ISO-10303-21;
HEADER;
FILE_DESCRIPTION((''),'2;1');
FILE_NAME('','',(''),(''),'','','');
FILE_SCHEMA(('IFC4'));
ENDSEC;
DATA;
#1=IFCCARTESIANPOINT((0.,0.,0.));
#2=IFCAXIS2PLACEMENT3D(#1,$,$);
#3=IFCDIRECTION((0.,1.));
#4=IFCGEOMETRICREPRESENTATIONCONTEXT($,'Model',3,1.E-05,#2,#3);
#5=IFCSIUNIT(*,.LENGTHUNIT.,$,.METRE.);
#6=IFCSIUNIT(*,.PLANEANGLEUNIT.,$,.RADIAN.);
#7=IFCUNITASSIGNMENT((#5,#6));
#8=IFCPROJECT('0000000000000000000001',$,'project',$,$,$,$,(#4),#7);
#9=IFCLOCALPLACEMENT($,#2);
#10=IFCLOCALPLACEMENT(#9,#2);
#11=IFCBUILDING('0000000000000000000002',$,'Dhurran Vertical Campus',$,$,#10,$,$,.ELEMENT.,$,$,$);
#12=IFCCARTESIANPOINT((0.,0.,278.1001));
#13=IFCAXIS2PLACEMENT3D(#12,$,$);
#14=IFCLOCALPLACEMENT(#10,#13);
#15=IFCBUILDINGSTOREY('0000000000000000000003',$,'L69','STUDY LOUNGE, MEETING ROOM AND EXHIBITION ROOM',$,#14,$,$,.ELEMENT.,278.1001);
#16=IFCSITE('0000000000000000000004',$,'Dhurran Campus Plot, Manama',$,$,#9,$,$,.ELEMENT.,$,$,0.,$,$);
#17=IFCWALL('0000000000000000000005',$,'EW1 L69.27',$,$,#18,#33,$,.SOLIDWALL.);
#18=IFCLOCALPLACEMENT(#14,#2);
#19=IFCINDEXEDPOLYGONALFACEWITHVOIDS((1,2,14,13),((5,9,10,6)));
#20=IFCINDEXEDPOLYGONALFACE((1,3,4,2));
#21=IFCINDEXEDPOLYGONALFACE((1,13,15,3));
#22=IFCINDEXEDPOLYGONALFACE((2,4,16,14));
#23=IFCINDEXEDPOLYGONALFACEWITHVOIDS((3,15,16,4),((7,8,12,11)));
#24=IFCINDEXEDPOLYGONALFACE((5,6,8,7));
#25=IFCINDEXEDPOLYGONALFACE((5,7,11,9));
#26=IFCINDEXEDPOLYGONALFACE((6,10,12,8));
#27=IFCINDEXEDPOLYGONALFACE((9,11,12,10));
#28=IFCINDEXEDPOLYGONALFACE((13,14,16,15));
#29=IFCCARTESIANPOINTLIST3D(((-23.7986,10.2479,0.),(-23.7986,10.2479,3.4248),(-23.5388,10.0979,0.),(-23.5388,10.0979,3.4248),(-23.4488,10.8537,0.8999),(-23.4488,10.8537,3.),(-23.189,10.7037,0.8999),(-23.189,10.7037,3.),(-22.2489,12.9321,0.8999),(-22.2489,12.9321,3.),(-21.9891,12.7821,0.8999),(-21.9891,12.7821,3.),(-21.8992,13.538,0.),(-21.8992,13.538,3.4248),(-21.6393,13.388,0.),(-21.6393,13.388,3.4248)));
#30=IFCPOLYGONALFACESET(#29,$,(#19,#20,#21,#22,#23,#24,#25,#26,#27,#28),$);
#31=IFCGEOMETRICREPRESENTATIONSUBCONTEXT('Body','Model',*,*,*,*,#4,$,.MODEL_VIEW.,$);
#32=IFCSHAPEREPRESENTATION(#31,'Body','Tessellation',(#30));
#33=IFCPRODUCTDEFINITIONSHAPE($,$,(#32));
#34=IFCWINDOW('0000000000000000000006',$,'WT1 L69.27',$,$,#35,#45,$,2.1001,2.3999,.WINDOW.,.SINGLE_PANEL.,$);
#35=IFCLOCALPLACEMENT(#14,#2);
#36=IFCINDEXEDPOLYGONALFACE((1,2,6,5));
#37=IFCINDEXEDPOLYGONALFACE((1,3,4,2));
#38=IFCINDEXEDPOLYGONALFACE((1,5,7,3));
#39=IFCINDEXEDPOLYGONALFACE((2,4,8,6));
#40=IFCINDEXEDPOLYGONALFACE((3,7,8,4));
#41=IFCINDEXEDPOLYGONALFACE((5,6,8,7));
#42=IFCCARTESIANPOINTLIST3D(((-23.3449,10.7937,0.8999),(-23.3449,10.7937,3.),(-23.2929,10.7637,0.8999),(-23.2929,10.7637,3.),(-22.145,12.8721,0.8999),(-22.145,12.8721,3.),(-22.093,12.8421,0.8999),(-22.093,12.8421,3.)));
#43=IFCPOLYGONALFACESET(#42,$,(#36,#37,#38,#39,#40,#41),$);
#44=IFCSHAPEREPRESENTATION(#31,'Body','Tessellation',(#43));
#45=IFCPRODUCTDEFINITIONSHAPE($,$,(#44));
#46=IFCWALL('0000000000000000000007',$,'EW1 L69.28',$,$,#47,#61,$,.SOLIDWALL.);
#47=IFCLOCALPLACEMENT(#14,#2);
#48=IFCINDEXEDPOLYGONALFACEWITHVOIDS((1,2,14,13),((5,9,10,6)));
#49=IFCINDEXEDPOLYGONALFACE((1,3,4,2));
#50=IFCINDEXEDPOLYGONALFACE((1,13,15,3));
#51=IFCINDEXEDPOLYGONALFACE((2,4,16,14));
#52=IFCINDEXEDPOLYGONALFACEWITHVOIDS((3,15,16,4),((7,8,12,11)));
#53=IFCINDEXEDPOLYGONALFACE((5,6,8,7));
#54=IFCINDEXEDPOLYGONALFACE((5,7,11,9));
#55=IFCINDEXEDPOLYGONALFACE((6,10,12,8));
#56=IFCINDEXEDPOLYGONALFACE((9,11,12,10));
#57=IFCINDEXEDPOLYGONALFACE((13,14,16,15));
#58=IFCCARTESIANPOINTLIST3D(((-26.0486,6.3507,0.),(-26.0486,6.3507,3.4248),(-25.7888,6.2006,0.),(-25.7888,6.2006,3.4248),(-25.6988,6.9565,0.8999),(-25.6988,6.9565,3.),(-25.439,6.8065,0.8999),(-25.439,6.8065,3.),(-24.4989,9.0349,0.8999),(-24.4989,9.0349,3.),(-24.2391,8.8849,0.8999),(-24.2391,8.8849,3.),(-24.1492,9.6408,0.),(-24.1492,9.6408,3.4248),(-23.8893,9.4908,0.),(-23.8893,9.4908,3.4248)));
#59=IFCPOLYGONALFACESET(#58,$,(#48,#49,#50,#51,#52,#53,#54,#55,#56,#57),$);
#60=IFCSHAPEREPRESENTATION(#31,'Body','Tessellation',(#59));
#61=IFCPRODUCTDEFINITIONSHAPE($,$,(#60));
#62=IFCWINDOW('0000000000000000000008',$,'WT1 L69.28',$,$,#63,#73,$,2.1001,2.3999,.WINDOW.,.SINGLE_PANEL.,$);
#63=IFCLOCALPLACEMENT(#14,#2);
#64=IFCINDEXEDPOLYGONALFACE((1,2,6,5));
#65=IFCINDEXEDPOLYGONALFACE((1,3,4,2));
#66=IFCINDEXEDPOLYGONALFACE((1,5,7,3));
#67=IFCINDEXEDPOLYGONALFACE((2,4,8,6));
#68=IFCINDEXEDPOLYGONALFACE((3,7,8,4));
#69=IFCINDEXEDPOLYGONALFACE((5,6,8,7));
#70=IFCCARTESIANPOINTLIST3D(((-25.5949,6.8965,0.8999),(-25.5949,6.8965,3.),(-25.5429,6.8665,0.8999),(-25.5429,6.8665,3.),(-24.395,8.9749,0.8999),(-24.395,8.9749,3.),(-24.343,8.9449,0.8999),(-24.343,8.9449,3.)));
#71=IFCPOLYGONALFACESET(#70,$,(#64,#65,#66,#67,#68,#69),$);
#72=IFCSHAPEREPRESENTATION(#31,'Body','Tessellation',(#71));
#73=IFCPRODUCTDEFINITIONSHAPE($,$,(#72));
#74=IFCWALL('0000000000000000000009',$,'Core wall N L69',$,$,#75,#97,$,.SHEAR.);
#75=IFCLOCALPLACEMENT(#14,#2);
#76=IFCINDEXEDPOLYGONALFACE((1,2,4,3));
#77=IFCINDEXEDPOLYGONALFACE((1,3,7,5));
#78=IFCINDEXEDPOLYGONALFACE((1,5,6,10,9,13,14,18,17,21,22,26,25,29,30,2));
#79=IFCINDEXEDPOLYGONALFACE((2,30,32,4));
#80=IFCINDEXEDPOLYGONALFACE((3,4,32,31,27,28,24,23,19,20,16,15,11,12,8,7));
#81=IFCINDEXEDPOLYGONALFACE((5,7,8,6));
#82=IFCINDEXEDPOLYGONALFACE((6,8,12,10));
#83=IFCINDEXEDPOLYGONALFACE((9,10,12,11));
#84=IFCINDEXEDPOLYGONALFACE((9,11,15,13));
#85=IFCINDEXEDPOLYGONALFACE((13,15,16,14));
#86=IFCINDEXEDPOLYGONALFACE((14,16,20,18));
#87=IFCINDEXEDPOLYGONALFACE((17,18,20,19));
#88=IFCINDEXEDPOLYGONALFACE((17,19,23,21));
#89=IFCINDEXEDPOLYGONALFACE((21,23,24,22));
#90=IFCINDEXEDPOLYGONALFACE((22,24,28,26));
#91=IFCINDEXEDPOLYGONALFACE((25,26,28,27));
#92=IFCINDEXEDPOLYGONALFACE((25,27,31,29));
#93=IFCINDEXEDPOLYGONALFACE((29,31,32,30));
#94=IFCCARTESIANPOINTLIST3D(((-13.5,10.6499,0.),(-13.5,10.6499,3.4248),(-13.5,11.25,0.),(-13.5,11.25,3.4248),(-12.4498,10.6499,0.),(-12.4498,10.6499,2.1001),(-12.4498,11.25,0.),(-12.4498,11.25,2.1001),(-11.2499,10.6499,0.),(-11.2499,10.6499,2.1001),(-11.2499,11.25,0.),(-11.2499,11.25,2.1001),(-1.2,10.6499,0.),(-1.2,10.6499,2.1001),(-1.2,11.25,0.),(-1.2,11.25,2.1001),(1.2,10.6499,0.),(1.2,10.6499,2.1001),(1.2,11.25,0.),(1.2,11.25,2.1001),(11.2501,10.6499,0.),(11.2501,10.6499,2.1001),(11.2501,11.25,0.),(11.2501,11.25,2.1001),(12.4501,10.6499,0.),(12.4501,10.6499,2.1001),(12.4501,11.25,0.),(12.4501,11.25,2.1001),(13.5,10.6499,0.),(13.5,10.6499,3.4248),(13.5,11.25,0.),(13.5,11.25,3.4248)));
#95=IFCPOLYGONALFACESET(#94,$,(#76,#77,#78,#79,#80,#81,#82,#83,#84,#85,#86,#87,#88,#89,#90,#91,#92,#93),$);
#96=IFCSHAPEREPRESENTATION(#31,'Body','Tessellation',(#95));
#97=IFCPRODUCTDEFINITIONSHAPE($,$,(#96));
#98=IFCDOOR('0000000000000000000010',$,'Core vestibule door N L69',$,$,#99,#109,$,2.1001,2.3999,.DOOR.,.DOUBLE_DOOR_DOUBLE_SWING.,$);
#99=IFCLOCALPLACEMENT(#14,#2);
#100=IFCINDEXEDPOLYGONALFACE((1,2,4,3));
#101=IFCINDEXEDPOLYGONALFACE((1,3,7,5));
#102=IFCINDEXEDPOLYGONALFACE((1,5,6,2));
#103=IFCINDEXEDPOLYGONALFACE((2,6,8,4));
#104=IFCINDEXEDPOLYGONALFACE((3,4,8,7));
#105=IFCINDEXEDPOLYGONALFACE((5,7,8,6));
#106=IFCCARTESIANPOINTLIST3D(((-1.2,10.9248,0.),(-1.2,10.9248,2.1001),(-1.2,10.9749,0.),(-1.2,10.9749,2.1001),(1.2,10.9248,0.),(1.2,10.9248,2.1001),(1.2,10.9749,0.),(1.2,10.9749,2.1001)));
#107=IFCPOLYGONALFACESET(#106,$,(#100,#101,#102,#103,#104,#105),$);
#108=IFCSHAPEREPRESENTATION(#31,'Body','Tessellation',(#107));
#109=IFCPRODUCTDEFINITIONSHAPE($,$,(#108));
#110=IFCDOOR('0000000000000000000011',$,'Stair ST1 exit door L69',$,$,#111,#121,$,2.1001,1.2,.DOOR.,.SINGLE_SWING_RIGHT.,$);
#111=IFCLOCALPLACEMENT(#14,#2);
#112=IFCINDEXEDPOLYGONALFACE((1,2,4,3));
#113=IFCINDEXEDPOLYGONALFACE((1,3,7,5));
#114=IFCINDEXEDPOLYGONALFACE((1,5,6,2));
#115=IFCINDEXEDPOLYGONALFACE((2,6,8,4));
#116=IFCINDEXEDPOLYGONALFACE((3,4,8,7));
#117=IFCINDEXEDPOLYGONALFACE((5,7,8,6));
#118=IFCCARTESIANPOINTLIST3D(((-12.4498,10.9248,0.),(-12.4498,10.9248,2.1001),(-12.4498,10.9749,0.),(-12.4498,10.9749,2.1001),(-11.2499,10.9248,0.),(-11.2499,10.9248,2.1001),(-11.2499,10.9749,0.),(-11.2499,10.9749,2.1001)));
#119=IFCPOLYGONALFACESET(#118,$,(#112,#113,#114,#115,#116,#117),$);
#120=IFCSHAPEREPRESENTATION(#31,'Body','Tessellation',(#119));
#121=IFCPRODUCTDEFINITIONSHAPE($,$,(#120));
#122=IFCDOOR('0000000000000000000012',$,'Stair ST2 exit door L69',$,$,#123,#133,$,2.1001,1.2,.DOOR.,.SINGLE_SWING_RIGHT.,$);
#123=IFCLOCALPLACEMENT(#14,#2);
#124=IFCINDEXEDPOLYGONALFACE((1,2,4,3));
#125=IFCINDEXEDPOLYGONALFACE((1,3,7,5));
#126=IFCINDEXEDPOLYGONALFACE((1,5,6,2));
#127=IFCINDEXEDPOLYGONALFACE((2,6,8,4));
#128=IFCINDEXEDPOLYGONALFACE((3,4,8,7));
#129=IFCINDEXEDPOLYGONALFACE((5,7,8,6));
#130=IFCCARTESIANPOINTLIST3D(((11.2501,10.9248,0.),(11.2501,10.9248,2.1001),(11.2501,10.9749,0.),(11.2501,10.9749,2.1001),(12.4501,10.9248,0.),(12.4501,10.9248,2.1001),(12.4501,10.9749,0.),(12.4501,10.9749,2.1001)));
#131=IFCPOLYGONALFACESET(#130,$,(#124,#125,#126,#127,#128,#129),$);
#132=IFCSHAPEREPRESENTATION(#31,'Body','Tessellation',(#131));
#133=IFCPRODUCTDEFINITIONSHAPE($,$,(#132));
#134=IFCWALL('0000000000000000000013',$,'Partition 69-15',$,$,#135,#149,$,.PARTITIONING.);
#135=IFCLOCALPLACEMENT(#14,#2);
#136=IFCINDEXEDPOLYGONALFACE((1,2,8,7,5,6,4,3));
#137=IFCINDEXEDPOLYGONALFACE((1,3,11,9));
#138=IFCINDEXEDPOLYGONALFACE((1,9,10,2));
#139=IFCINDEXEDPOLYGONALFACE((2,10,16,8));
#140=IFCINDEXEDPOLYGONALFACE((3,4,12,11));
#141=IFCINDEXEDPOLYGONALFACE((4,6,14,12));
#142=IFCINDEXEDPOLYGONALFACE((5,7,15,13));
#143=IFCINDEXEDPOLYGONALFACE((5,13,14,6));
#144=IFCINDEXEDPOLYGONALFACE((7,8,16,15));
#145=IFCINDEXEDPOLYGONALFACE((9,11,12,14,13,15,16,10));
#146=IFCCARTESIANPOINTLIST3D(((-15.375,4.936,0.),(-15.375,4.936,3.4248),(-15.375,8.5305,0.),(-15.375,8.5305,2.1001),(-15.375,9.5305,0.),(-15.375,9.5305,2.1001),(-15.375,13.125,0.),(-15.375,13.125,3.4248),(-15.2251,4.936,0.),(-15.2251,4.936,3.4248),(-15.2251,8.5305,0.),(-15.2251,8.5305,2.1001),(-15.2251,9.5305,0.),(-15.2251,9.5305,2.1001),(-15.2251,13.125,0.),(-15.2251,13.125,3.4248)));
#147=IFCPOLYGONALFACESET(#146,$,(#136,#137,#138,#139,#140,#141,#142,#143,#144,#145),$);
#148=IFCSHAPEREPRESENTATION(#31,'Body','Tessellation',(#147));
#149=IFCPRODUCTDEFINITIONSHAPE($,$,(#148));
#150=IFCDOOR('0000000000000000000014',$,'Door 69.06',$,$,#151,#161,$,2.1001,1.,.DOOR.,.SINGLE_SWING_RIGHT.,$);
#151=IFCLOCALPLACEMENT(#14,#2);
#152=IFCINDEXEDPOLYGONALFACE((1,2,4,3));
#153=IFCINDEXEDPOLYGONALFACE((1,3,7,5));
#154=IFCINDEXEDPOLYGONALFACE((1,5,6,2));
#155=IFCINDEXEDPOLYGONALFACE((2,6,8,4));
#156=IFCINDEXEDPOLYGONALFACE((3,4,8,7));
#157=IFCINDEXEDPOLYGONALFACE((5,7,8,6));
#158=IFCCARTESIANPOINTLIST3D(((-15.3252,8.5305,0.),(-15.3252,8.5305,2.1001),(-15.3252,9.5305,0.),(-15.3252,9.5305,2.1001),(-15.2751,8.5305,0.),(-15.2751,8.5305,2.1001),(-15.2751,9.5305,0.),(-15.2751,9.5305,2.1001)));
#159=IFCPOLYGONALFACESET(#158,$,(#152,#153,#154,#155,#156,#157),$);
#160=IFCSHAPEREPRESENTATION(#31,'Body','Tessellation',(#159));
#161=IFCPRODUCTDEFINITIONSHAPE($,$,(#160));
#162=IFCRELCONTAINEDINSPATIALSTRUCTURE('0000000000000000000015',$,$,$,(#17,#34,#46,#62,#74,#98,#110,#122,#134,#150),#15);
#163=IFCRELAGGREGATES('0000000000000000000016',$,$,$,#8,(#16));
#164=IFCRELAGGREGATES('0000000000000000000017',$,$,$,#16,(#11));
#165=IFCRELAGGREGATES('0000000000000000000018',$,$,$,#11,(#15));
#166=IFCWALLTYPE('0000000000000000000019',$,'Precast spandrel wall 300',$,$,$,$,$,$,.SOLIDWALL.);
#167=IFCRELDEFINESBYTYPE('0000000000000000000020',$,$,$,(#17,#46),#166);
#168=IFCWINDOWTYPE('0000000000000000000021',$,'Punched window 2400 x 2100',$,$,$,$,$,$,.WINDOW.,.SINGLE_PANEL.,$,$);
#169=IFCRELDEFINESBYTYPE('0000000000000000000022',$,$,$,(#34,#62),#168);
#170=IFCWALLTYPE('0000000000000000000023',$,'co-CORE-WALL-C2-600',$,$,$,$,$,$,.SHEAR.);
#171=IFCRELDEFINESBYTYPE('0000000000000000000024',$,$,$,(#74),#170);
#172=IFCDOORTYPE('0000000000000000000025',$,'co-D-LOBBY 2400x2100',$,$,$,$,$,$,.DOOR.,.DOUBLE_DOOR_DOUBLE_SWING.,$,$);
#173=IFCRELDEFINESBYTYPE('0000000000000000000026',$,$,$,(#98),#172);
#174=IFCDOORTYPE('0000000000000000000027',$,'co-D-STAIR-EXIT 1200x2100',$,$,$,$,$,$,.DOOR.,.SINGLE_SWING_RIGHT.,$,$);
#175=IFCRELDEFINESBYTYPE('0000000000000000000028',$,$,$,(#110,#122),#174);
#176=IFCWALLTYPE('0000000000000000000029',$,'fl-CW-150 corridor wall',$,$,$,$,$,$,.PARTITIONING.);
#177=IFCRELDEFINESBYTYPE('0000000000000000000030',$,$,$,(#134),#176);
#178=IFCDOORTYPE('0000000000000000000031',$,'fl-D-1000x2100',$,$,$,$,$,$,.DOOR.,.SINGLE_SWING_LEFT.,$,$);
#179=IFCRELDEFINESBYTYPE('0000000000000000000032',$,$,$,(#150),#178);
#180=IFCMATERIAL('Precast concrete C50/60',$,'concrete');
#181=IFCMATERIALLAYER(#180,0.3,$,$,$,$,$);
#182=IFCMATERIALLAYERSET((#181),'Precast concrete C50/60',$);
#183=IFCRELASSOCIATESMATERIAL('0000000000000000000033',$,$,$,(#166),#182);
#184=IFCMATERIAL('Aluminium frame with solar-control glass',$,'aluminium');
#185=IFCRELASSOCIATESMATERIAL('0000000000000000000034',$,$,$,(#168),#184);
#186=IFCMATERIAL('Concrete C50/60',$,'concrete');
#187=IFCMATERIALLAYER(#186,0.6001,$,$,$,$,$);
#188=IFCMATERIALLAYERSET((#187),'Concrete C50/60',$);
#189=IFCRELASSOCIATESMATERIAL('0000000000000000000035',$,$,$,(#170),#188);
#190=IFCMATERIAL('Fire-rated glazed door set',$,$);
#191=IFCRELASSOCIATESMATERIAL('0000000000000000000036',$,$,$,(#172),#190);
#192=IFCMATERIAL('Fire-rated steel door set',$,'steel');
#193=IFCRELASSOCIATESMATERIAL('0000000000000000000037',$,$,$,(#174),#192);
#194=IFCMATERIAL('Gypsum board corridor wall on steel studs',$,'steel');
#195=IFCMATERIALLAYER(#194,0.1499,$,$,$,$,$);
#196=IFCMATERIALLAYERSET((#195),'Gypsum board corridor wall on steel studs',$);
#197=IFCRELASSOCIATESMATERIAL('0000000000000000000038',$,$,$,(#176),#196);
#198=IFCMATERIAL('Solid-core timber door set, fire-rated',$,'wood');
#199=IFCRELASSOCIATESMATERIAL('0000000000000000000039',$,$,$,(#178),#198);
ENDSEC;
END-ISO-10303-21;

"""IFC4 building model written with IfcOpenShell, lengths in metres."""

from ifc_helpers import new_model, si_unit, direction, frame, frame_2d, origin, place, context, subcontext, project, spatial, rectangle, extrude, material, layer, layer_set, type_object, element, fill, save


model = new_model("IFC4")

# Units and contexts
model_context = context("Model", 3, precision=1e-05, world=origin(), true_north=direction((0.0, 1.0)))
body_context = subcontext(model_context, "Body", "Model", "MODEL_VIEW")
ifc_project = project(units=[si_unit("LENGTHUNIT", "METRE"), si_unit("PLANEANGLEUNIT", "RADIAN")], contexts=[model_context])

# Site, building, storey
site_placement = place(None, origin())
site = spatial("IfcSite", under=ifc_project, at=site_placement, Name="Dhurran Campus Plot, Manama", CompositionType="ELEMENT", RefElevation=0.0)
building_placement = place(site_placement, origin())
building = spatial("IfcBuilding", under=site, at=building_placement, Name="Dhurran Vertical Campus", CompositionType="ELEMENT")
storey_placement = place(building_placement, frame((0.0, 0.0, 278.1001)))
storey = spatial("IfcBuildingStorey", under=building, at=storey_placement, Name="L69", Description="STUDY LOUNGE, MEETING ROOM AND EXHIBITION ROOM", CompositionType="ELEMENT", Elevation=278.1001)

# Walls, openings, windows
ifc_material_1 = material(Name="Precast concrete C50/60", Category="concrete")
ifc_layer_1 = layer(ifc_material_1, 0.3)
ifc_layer_set_1 = layer_set([ifc_layer_1], Name="Precast concrete C50/60")
wall_type_1 = type_object("IfcWallType", Name="Precast spandrel wall 300", PredefinedType="SOLIDWALL", material=ifc_layer_set_1)
ifc_material_2 = material(Name="Aluminium frame with solar-control glass", Category="aluminium")
window_type = type_object("IfcWindowType", Name="Punched window 2400 x 2100", PartitioningType="SINGLE_PANEL", PredefinedType="WINDOW", material=ifc_material_2)
wall_1_placement = place(storey_placement, frame((-21.7693, 13.4629, 0.0), z_axis=(0.0, 0.0, 1.0), x_axis=(-0.499982, -0.866036, 0.0)))
wall_1 = element("IfcWall", 1, at=wall_1_placement, inside=storey, type_object=wall_type_1, Name="EW1 L69.27", PredefinedType="SOLIDWALL", context=body_context, shape_type="SweptSolid", body=[
    extrude(rectangle(XDim=3.7991, YDim=0.3, at=frame_2d((1.8994, 0.0))), origin(), (0.0, 0.0, 1.0), 3.4248),
])
opening_1_placement = place(wall_1_placement, frame((0.6995, 0.0, 0.8999)))
opening_1 = element("IfcOpeningElement", 2, at=opening_1_placement, cuts=wall_1, PredefinedType="OPENING", context=body_context, shape_type="SweptSolid", body=[
    extrude(rectangle(XDim=2.3999, YDim=2.1001, at=frame_2d((1.2, 1.05))), frame((0.0, 0.1599, 0.0), z_axis=(0.0, -1.0, 0.0), x_axis=(1.0, 0.0, 0.0)), (0.0, 0.0, 1.0), 0.3201),
])
window_1_placement = place(opening_1_placement, origin())
window_1 = element("IfcWindow", 3, at=window_1_placement, inside=storey, type_object=window_type, Name="WT1 L69.27", OverallHeight=2.1001, OverallWidth=2.3999, PartitioningType="SINGLE_PANEL", PredefinedType="WINDOW", context=body_context, shape_type="SweptSolid", body=[
    extrude(rectangle(XDim=2.3999, YDim=2.1001, at=frame_2d((1.2, 1.05))), frame((0.0, 0.03, 0.0), z_axis=(0.0, -1.0, 0.0), x_axis=(1.0, 0.0, 0.0)), (0.0, 0.0, 1.0), 0.0601),
])
fill(opening_1, window_1)
wall_2_placement = place(storey_placement, frame((-24.0193, 9.5657, 0.0), z_axis=(0.0, 0.0, 1.0), x_axis=(-0.499982, -0.866036, 0.0)))
wall_2 = element("IfcWall", 4, at=wall_2_placement, inside=storey, type_object=wall_type_1, Name="EW1 L69.28", PredefinedType="SOLIDWALL", context=body_context, shape_type="SweptSolid", body=[
    extrude(rectangle(XDim=3.7991, YDim=0.3, at=frame_2d((1.8994, 0.0))), origin(), (0.0, 0.0, 1.0), 3.4248),
])
opening_2_placement = place(wall_2_placement, frame((0.6995, 0.0, 0.8999)))
opening_2 = element("IfcOpeningElement", 5, at=opening_2_placement, cuts=wall_2, PredefinedType="OPENING", context=body_context, shape_type="SweptSolid", body=[
    extrude(rectangle(XDim=2.3999, YDim=2.1001, at=frame_2d((1.2, 1.05))), frame((0.0, 0.1599, 0.0), z_axis=(0.0, -1.0, 0.0), x_axis=(1.0, 0.0, 0.0)), (0.0, 0.0, 1.0), 0.3201),
])
window_2_placement = place(opening_2_placement, origin())
window_2 = element("IfcWindow", 6, at=window_2_placement, inside=storey, type_object=window_type, Name="WT1 L69.28", OverallHeight=2.1001, OverallWidth=2.3999, PartitioningType="SINGLE_PANEL", PredefinedType="WINDOW", context=body_context, shape_type="SweptSolid", body=[
    extrude(rectangle(XDim=2.3999, YDim=2.1001, at=frame_2d((1.2, 1.05))), frame((0.0, 0.03, 0.0), z_axis=(0.0, -1.0, 0.0), x_axis=(1.0, 0.0, 0.0)), (0.0, 0.0, 1.0), 0.0601),
])
fill(opening_2, window_2)

# Wall, openings, doors
ifc_material_3 = material(Name="Concrete C50/60", Category="concrete")
ifc_layer_2 = layer(ifc_material_3, 0.6001)
ifc_layer_set_2 = layer_set([ifc_layer_2], Name="Concrete C50/60")
wall_type_2 = type_object("IfcWallType", Name="co-CORE-WALL-C2-600", PredefinedType="SHEAR", material=ifc_layer_set_2)
wall_3_placement = place(storey_placement, frame((-13.5, 10.95, 0.0), z_axis=(0.0, 0.0, 1.0), x_axis=(1.0, 0.0, 0.0)))
wall_3 = element("IfcWall", 7, at=wall_3_placement, inside=storey, type_object=wall_type_2, Name="Core wall N L69", PredefinedType="SHEAR", context=body_context, shape_type="SweptSolid", body=[
    extrude(rectangle(XDim=27.0, YDim=0.6001, at=frame_2d((13.5, 0.0))), origin(), (0.0, 0.0, 1.0), 3.4248),
])
opening_3_placement = place(wall_3_placement, frame((12.3, 0.0, 0.0)))
opening_3 = element("IfcOpeningElement", 8, at=opening_3_placement, cuts=wall_3, PredefinedType="OPENING", context=body_context, shape_type="SweptSolid", body=[
    extrude(rectangle(XDim=2.3999, YDim=2.1001, at=frame_2d((1.2, 1.05))), frame((0.0, 0.3101, 0.0), z_axis=(0.0, -1.0, 0.0), x_axis=(1.0, 0.0, 0.0)), (0.0, 0.0, 1.0), 0.6201),
])
opening_4_placement = place(wall_3_placement, frame((1.05, 0.0, 0.0)))
opening_4 = element("IfcOpeningElement", 9, at=opening_4_placement, cuts=wall_3, PredefinedType="OPENING", context=body_context, shape_type="SweptSolid", body=[
    extrude(rectangle(XDim=1.2, YDim=2.1001, at=frame_2d((0.6001, 1.05))), frame((0.0, 0.3101, 0.0), z_axis=(0.0, -1.0, 0.0), x_axis=(1.0, 0.0, 0.0)), (0.0, 0.0, 1.0), 0.6201),
])
opening_5_placement = place(wall_3_placement, frame((24.75, 0.0, 0.0)))
opening_5 = element("IfcOpeningElement", 10, at=opening_5_placement, cuts=wall_3, PredefinedType="OPENING", context=body_context, shape_type="SweptSolid", body=[
    extrude(rectangle(XDim=1.2, YDim=2.1001, at=frame_2d((0.6001, 1.05))), frame((0.0, 0.3101, 0.0), z_axis=(0.0, -1.0, 0.0), x_axis=(1.0, 0.0, 0.0)), (0.0, 0.0, 1.0), 0.6201),
])
ifc_material_4 = material(Name="Fire-rated glazed door set")
door_type_1 = type_object("IfcDoorType", Name="co-D-LOBBY 2400x2100", OperationType="DOUBLE_DOOR_DOUBLE_SWING", PredefinedType="DOOR", material=ifc_material_4)
door_1_placement = place(opening_3_placement, origin())
door_1 = element("IfcDoor", 11, at=door_1_placement, inside=storey, type_object=door_type_1, Name="Core vestibule door N L69", OperationType="DOUBLE_DOOR_DOUBLE_SWING", OverallHeight=2.1001, OverallWidth=2.3999, PredefinedType="DOOR", context=body_context, shape_type="SweptSolid", body=[
    extrude(rectangle(XDim=2.3999, YDim=2.1001, at=frame_2d((1.2, 1.05))), frame((0.0, 0.0249, 0.0), z_axis=(0.0, -1.0, 0.0), x_axis=(1.0, 0.0, 0.0)), (0.0, 0.0, 1.0), 0.05),
])
fill(opening_3, door_1)
ifc_material_5 = material(Name="Fire-rated steel door set", Category="steel")
door_type_2 = type_object("IfcDoorType", Name="co-D-STAIR-EXIT 1200x2100", OperationType="SINGLE_SWING_RIGHT", PredefinedType="DOOR", material=ifc_material_5)
door_2_placement = place(opening_4_placement, origin())
door_2 = element("IfcDoor", 12, at=door_2_placement, inside=storey, type_object=door_type_2, Name="Stair ST1 exit door L69", OperationType="SINGLE_SWING_RIGHT", OverallHeight=2.1001, OverallWidth=1.2, PredefinedType="DOOR", context=body_context, shape_type="SweptSolid", body=[
    extrude(rectangle(XDim=1.2, YDim=2.1001, at=frame_2d((0.6001, 1.05))), frame((0.0, 0.0249, 0.0), z_axis=(0.0, -1.0, 0.0), x_axis=(1.0, 0.0, 0.0)), (0.0, 0.0, 1.0), 0.05),
])
fill(opening_4, door_2)
door_3_placement = place(opening_5_placement, origin())
door_3 = element("IfcDoor", 13, at=door_3_placement, inside=storey, type_object=door_type_2, Name="Stair ST2 exit door L69", OperationType="SINGLE_SWING_RIGHT", OverallHeight=2.1001, OverallWidth=1.2, PredefinedType="DOOR", context=body_context, shape_type="SweptSolid", body=[
    extrude(rectangle(XDim=1.2, YDim=2.1001, at=frame_2d((0.6001, 1.05))), frame((0.0, 0.0249, 0.0), z_axis=(0.0, -1.0, 0.0), x_axis=(1.0, 0.0, 0.0)), (0.0, 0.0, 1.0), 0.05),
])
fill(opening_5, door_3)

# Wall, opening, door
ifc_material_6 = material(Name="Gypsum board corridor wall on steel studs", Category="steel")
ifc_layer_3 = layer(ifc_material_6, 0.1499)
ifc_layer_set_3 = layer_set([ifc_layer_3], Name="Gypsum board corridor wall on steel studs")
wall_type_3 = type_object("IfcWallType", Name="fl-CW-150 corridor wall", PredefinedType="PARTITIONING", material=ifc_layer_set_3)
wall_4_placement = place(storey_placement, frame((-15.3, 13.125, 0.0), z_axis=(0.0, 0.0, 1.0), x_axis=(0.0, -1.0, 0.0)))
wall_4 = element("IfcWall", 14, at=wall_4_placement, inside=storey, type_object=wall_type_3, Name="Partition 69-15", PredefinedType="PARTITIONING", context=body_context, shape_type="SweptSolid", body=[
    extrude(rectangle(XDim=8.189, YDim=0.1499, at=frame_2d((4.0945, 0.0))), origin(), (0.0, 0.0, 1.0), 3.4248),
])
opening_6_placement = place(wall_4_placement, frame((3.5945, 0.0, 0.0)))
opening_6 = element("IfcOpeningElement", 15, at=opening_6_placement, cuts=wall_4, PredefinedType="OPENING", context=body_context, shape_type="SweptSolid", body=[
    extrude(rectangle(XDim=1.0, YDim=2.1001, at=frame_2d((0.5, 1.05))), frame((0.0, 0.085, 0.0), z_axis=(0.0, -1.0, 0.0), x_axis=(1.0, 0.0, 0.0)), (0.0, 0.0, 1.0), 0.1699),
])
ifc_material_7 = material(Name="Solid-core timber door set, fire-rated", Category="wood")
door_type_3 = type_object("IfcDoorType", Name="fl-D-1000x2100", OperationType="SINGLE_SWING_LEFT", PredefinedType="DOOR", material=ifc_material_7)
door_4_placement = place(opening_6_placement, origin())
door_4 = element("IfcDoor", 16, at=door_4_placement, inside=storey, type_object=door_type_3, Name="Door 69.06", OperationType="SINGLE_SWING_RIGHT", OverallHeight=2.1001, OverallWidth=1.0, PredefinedType="DOOR", context=body_context, shape_type="SweptSolid", body=[
    extrude(rectangle(XDim=1.0, YDim=2.1001, at=frame_2d((0.5, 1.05))), frame((0.0, 0.0249, 0.0), z_axis=(0.0, -1.0, 0.0), x_axis=(1.0, 0.0, 0.0)), (0.0, 0.0, 1.0), 0.05),
])
fill(opening_6, door_4)

save(model, "model.ifc")
